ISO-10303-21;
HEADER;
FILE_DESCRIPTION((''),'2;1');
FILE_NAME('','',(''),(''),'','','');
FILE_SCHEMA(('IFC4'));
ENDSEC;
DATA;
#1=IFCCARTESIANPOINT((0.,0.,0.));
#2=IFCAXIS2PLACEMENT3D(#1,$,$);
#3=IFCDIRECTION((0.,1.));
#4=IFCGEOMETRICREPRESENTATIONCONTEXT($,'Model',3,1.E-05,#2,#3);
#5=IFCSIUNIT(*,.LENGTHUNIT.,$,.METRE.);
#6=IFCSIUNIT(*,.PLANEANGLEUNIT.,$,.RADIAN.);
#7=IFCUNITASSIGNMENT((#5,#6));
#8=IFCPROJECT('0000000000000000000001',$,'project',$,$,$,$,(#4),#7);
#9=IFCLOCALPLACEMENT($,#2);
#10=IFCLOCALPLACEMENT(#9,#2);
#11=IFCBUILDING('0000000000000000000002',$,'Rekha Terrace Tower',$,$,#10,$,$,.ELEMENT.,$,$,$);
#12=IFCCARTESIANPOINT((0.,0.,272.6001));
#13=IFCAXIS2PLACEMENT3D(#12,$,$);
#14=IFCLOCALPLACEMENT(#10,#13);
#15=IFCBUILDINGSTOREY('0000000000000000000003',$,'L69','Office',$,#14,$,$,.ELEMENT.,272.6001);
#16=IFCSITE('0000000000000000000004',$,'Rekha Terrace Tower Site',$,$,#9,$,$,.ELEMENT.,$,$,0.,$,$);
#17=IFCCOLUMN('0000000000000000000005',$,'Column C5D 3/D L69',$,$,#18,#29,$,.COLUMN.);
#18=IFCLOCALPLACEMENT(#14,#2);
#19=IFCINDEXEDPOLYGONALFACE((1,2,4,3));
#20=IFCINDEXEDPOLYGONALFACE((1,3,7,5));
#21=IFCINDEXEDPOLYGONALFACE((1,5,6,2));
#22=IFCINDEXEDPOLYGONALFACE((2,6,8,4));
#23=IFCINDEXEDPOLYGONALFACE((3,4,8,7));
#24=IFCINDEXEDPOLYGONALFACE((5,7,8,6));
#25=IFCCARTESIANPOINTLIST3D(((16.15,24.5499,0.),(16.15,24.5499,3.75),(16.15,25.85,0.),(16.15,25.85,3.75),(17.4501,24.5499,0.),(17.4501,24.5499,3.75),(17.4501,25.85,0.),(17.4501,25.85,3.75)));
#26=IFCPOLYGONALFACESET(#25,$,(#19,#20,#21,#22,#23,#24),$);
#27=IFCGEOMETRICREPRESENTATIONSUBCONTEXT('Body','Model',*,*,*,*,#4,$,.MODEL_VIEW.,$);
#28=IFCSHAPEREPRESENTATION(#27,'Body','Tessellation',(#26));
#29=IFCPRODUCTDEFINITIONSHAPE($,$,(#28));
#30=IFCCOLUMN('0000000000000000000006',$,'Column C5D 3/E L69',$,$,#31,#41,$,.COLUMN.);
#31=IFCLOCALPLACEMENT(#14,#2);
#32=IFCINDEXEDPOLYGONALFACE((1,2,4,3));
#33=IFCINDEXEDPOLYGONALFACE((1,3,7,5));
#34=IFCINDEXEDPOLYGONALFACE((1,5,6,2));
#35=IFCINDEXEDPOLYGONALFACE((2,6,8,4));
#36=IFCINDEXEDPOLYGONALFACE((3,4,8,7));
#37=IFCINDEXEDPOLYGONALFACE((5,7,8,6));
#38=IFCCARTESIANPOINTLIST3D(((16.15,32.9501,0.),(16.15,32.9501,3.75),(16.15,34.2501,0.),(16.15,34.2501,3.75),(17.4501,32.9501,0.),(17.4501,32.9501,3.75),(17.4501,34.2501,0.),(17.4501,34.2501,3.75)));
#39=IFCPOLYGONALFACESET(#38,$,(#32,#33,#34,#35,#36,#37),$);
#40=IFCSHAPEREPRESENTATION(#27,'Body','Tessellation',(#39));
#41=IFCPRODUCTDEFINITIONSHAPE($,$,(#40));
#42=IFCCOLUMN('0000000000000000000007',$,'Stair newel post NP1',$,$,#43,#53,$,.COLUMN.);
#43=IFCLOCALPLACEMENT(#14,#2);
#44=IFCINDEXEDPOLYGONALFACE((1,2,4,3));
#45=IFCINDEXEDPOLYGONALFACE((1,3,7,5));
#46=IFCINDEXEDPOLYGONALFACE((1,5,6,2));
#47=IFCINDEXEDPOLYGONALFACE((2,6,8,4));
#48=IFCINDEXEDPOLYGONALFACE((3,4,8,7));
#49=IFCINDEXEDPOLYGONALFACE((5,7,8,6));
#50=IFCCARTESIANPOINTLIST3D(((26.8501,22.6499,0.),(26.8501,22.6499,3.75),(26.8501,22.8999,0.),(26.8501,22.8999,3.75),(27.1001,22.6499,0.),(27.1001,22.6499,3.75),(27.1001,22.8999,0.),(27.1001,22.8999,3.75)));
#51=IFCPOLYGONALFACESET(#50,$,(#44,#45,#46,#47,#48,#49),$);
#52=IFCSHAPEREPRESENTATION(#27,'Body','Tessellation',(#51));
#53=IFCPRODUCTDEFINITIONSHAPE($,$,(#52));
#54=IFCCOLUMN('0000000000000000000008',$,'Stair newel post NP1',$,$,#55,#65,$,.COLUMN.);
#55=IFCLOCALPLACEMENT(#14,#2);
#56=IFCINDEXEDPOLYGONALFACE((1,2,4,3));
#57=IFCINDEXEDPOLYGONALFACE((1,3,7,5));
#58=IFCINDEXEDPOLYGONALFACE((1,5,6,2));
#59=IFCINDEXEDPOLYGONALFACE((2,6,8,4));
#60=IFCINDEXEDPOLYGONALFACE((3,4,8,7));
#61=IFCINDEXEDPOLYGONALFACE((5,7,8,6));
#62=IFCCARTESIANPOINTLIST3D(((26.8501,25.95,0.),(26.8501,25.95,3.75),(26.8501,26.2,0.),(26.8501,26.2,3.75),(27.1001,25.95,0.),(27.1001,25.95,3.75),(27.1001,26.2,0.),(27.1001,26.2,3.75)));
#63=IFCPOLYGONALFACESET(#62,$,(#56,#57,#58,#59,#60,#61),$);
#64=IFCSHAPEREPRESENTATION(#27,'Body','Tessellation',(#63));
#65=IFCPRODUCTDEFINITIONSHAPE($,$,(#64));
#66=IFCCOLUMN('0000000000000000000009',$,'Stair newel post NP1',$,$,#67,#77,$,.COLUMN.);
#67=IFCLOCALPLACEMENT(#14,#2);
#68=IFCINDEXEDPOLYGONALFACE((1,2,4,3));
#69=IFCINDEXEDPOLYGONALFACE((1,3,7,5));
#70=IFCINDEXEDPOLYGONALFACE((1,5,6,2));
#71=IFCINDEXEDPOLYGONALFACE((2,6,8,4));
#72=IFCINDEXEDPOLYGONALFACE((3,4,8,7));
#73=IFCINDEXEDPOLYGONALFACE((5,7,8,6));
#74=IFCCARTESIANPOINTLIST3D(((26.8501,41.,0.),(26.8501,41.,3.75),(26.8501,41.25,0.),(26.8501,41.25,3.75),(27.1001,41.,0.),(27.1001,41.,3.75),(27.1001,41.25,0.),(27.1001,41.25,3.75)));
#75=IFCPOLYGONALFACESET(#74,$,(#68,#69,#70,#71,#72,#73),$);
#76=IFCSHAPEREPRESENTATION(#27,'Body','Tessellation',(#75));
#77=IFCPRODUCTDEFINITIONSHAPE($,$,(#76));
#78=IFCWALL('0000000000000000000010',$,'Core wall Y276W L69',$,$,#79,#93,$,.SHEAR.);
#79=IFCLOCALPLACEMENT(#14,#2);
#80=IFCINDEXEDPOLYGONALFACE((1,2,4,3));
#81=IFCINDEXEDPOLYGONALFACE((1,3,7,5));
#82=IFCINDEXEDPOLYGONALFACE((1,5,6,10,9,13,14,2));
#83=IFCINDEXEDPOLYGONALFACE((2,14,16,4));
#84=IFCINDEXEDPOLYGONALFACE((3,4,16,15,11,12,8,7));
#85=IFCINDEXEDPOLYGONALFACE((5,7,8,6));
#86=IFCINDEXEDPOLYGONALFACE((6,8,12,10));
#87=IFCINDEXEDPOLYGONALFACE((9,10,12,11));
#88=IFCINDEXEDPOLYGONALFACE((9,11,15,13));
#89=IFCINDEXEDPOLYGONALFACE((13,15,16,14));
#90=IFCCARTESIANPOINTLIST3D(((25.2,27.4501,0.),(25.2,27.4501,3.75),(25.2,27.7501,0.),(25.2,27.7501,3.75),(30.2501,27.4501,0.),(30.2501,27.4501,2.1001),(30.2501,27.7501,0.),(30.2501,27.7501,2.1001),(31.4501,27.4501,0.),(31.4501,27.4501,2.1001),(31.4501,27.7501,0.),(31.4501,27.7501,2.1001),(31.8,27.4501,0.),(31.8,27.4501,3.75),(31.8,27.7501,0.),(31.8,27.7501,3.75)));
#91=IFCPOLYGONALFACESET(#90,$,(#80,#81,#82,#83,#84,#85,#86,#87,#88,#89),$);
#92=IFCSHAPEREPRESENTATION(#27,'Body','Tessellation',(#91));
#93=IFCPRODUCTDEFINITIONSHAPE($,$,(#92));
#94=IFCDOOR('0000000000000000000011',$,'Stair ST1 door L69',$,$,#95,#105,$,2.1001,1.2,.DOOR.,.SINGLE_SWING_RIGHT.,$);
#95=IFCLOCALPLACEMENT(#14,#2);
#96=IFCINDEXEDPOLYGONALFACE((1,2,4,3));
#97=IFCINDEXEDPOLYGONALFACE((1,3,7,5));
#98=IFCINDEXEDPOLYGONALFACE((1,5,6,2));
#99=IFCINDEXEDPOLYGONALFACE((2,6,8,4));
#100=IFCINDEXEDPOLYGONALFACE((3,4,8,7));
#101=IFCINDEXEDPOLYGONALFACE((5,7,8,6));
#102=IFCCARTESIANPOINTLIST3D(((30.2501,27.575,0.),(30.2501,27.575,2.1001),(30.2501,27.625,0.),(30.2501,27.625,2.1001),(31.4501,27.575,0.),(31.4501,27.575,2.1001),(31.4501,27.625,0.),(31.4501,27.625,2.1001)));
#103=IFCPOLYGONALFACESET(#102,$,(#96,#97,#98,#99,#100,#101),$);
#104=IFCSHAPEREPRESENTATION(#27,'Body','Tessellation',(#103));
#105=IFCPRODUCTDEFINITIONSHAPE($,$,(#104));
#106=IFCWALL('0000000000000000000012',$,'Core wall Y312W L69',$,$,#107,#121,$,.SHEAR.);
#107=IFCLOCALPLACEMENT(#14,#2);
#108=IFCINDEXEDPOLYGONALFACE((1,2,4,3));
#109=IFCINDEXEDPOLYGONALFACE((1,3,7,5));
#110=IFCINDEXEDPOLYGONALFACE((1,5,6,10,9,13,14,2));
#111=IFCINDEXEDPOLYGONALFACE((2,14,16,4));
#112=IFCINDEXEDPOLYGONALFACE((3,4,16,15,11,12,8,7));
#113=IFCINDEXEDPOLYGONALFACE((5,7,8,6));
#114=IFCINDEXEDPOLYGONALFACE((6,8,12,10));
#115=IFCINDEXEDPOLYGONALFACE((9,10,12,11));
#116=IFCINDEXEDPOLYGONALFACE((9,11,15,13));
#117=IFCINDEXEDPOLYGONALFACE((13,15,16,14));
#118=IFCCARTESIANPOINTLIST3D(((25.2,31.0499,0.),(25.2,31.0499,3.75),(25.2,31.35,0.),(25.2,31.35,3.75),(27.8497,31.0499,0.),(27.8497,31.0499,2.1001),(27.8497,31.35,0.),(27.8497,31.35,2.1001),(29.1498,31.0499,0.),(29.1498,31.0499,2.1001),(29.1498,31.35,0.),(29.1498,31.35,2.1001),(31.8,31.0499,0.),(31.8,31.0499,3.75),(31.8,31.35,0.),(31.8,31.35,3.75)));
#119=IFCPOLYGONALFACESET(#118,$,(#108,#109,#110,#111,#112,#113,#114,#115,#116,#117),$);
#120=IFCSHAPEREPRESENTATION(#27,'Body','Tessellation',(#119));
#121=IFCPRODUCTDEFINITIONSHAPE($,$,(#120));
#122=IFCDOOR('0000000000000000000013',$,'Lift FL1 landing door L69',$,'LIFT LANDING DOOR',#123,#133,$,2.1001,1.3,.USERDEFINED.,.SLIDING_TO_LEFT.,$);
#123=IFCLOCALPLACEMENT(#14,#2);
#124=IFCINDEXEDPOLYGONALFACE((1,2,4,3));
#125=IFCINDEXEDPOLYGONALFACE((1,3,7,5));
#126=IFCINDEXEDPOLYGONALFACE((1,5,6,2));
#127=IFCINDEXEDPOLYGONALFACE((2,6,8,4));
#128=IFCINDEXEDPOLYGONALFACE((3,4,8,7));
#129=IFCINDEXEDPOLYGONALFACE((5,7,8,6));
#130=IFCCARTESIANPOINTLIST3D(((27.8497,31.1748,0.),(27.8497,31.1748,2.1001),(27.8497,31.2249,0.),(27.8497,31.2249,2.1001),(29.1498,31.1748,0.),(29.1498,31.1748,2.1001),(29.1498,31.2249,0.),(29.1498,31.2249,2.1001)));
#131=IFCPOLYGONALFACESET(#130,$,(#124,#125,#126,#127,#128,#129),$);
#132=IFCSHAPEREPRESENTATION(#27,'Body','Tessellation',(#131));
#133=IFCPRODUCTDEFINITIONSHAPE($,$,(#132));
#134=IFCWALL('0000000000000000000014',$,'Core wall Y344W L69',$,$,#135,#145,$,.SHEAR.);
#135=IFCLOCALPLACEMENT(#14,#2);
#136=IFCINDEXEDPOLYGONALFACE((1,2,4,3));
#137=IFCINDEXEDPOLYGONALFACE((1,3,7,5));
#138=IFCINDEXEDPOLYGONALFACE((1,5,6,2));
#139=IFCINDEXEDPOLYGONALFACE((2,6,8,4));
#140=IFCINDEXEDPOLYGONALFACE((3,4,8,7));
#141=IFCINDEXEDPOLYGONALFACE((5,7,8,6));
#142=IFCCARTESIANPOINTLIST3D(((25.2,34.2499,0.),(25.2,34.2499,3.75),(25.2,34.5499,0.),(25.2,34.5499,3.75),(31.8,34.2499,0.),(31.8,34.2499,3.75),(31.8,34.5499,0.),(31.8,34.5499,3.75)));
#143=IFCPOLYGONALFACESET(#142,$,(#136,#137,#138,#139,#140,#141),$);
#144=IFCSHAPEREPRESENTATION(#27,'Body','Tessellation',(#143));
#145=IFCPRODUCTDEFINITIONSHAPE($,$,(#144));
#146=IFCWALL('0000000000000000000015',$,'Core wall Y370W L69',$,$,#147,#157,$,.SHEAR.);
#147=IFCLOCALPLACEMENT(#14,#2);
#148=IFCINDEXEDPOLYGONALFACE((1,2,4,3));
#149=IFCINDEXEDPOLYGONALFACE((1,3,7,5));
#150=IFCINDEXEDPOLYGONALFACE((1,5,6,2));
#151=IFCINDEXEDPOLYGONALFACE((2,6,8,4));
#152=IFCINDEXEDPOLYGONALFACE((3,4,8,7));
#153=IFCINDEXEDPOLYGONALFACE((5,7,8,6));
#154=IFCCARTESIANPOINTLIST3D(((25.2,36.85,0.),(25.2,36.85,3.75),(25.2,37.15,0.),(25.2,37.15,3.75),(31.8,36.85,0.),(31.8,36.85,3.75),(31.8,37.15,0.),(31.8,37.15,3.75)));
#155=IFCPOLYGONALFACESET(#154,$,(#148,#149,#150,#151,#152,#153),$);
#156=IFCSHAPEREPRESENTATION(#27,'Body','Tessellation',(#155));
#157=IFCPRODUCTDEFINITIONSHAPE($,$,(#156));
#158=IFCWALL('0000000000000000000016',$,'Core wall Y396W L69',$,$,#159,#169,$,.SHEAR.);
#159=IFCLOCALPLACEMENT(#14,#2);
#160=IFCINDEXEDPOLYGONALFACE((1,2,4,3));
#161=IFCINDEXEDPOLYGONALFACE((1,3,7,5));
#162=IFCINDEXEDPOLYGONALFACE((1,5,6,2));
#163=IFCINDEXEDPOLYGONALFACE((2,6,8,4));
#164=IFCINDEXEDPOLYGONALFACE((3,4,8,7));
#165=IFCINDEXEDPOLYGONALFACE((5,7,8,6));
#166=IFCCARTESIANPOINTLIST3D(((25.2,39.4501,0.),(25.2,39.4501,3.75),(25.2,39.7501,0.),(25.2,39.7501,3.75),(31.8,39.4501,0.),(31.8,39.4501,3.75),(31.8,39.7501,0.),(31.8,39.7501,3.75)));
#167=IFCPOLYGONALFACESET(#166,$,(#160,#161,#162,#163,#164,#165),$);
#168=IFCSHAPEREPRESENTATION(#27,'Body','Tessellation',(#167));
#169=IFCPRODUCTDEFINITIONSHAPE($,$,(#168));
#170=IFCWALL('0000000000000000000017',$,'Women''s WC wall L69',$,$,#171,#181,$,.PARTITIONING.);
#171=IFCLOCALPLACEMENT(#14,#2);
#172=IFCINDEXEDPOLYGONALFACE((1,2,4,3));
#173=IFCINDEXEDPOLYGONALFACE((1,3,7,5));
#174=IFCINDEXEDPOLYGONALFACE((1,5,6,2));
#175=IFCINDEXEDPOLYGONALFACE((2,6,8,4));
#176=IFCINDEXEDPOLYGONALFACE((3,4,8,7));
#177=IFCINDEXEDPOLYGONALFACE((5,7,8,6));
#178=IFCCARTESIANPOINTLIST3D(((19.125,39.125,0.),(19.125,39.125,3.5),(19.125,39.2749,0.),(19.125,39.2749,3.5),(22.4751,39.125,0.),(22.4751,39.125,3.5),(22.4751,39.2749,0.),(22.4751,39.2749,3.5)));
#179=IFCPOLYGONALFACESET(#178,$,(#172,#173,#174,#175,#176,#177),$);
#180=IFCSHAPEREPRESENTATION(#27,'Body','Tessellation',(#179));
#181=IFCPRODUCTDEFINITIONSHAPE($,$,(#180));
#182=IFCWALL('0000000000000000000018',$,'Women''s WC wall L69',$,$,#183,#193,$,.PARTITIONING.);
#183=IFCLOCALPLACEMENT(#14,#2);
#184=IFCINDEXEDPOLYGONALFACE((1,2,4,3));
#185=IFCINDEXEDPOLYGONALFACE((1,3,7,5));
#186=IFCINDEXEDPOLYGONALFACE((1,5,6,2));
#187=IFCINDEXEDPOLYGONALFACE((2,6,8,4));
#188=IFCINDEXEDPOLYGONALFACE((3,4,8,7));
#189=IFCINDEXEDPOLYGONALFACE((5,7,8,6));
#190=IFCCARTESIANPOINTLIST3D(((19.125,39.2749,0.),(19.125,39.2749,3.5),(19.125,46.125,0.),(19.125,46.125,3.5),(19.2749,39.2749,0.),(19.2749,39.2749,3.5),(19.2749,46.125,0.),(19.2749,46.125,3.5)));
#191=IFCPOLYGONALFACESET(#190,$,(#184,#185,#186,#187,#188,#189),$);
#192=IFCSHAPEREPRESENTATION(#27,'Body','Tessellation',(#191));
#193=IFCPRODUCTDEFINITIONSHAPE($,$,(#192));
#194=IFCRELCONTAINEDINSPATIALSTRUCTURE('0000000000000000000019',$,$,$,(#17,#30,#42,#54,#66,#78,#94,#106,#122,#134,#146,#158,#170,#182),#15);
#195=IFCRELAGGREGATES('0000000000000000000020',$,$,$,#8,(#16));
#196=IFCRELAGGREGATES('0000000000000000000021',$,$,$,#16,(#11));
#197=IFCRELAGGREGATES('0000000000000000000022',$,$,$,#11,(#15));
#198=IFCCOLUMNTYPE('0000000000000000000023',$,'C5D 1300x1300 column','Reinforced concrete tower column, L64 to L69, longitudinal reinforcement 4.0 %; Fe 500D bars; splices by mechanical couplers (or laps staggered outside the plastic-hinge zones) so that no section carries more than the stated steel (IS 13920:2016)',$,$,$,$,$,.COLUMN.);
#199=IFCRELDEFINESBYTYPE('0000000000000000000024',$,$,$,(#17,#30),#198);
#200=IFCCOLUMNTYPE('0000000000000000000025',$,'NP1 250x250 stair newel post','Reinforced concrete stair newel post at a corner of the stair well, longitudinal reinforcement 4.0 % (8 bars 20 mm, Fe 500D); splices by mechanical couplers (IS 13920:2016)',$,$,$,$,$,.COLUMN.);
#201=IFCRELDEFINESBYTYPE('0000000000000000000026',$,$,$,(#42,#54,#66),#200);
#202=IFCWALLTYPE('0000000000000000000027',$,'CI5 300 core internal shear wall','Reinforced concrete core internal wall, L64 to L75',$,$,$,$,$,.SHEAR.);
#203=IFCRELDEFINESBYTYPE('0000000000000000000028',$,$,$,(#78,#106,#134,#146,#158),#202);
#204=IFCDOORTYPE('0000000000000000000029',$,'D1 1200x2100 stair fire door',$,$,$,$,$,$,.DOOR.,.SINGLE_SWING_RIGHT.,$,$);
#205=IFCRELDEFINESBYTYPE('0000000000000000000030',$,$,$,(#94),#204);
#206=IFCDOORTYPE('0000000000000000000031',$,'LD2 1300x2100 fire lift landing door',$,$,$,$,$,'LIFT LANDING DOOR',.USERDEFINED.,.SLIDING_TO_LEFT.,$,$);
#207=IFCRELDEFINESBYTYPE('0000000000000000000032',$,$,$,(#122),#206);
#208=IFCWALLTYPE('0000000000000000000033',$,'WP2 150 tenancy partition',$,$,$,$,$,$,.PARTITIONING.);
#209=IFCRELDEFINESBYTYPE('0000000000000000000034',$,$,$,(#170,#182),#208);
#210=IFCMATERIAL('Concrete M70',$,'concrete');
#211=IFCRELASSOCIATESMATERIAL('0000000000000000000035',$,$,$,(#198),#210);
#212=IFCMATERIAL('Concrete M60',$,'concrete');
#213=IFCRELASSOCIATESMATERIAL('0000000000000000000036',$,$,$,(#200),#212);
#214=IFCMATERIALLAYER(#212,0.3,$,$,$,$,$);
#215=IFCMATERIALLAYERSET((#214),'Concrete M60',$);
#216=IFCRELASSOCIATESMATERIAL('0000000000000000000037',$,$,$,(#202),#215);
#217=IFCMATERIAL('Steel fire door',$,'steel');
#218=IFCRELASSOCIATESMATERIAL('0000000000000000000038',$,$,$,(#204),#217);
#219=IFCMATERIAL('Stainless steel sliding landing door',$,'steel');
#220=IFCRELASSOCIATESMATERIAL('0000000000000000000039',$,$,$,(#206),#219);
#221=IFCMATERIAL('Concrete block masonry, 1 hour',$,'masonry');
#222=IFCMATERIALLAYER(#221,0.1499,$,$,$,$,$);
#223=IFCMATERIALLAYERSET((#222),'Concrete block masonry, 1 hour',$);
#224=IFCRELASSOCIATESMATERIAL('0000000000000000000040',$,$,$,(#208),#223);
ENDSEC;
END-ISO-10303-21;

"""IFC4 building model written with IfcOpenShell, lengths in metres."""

from ifc_helpers import new_model, si_unit, direction, frame, frame_2d, origin, origin_2d, place, context, subcontext, project, spatial, rectangle, extrude, material, layer, layer_set, material_profile, profile_set, type_object, element, fill, save


model = new_model("IFC4")

# Units and contexts
model_context = context("Model", 3, precision=1e-05, world=origin(), true_north=direction((0.0, 1.0)))
body_context = subcontext(model_context, "Body", "Model", "MODEL_VIEW")
ifc_project = project(units=[si_unit("LENGTHUNIT", "METRE"), si_unit("PLANEANGLEUNIT", "RADIAN")], contexts=[model_context])

# Site, building, storey
site_placement = place(None, origin())
site = spatial("IfcSite", under=ifc_project, at=site_placement, Name="Rekha Terrace Tower Site", CompositionType="ELEMENT", RefElevation=0.0)
building_placement = place(site_placement, origin())
building = spatial("IfcBuilding", under=site, at=building_placement, Name="Rekha Terrace Tower", CompositionType="ELEMENT")
storey_placement = place(building_placement, frame((0.0, 0.0, 272.6001)))
storey = spatial("IfcBuildingStorey", under=building, at=storey_placement, Name="L69", Description="Office", CompositionType="ELEMENT", Elevation=272.6001)

# Columns
ifc_material_1 = material(Name="Concrete M70", Category="concrete")
ifc_material_profile_1 = material_profile(ifc_material_1, rectangle(XDim=1.3, YDim=1.3, at=origin_2d()), Name="RC 1300x1300")
ifc_profile_set_1 = profile_set([ifc_material_profile_1], Name="Concrete M70")
column_type_1 = type_object("IfcColumnType", Name="C5D 1300x1300 column", Description="Reinforced concrete tower column, L64 to L69, longitudinal reinforcement 4.0 %; Fe 500D bars; splices by mechanical couplers (or laps staggered outside the plastic-hinge zones) so that no section carries more than the stated steel (IS 13920:2016)", PredefinedType="COLUMN", material=ifc_profile_set_1)
for number, where, z_axis, x_axis, name in (
    (1, (16.8, 25.2, 0.0), (0.0, 0.0, 1.0), (1.0, 0.0, 0.0), "Column C5D 3/D L69"),
    (2, (16.8, 33.6001, 0.0), (0.0, 0.0, 1.0), (1.0, 0.0, 0.0), "Column C5D 3/E L69"),
):
    element("IfcColumn", number, at=place(storey_placement, frame(where, z_axis=z_axis, x_axis=x_axis)), inside=storey, type_object=column_type_1, Name=name, PredefinedType="COLUMN", context=body_context, shape_type="SweptSolid", body=[
        extrude(rectangle(XDim=1.3, YDim=1.3, at=origin_2d()), origin(), (0.0, 0.0, 1.0), 3.75),
    ])
ifc_material_2 = material(Name="Concrete M60", Category="concrete")
ifc_material_profile_2 = material_profile(ifc_material_2, rectangle(XDim=0.25, YDim=0.25, at=origin_2d()), Name="RC 250x250")
ifc_profile_set_2 = profile_set([ifc_material_profile_2], Name="Concrete M60")
column_type_2 = type_object("IfcColumnType", Name="NP1 250x250 stair newel post", Description="Reinforced concrete stair newel post at a corner of the stair well, longitudinal reinforcement 4.0 % (8 bars 20 mm, Fe 500D); splices by mechanical couplers (IS 13920:2016)", PredefinedType="COLUMN", material=ifc_profile_set_2)
for number, where, z_axis, x_axis, name in (
    (3, (26.9751, 22.7749, 0.0), (0.0, 0.0, 1.0), (1.0, 0.0, 0.0), "Stair newel post NP1"),
    (4, (26.9751, 26.075, 0.0), (0.0, 0.0, 1.0), (1.0, 0.0, 0.0), "Stair newel post NP1"),
    (5, (26.9751, 41.125, 0.0), (0.0, 0.0, 1.0), (1.0, 0.0, 0.0), "Stair newel post NP1"),
):
    element("IfcColumn", number, at=place(storey_placement, frame(where, z_axis=z_axis, x_axis=x_axis)), inside=storey, type_object=column_type_2, Name=name, PredefinedType="COLUMN", context=body_context, shape_type="SweptSolid", body=[
        extrude(rectangle(XDim=0.25, YDim=0.25, at=origin_2d()), origin(), (0.0, 0.0, 1.0), 3.75),
    ])

# Walls, openings, doors
ifc_layer_1 = layer(ifc_material_2, 0.3)
ifc_layer_set_1 = layer_set([ifc_layer_1], Name="Concrete M60")
wall_type_1 = type_object("IfcWallType", Name="CI5 300 core internal shear wall", Description="Reinforced concrete core internal wall, L64 to L75", PredefinedType="SHEAR", material=ifc_layer_set_1)
wall_1_placement = place(storey_placement, frame((25.2, 27.6001, 0.0), z_axis=(0.0, 0.0, 1.0), x_axis=(1.0, 0.0, 0.0)))
wall_1 = element("IfcWall", 6, at=wall_1_placement, inside=storey, type_object=wall_type_1, Name="Core wall Y276W L69", PredefinedType="SHEAR", context=body_context, shape_type="SweptSolid", body=[
    extrude(rectangle(XDim=6.6001, YDim=0.3, at=frame_2d((3.3, 0.0))), origin(), (0.0, 0.0, 1.0), 3.75),
])
opening_1_placement = place(wall_1_placement, frame((5.05, 0.0, 0.0)))
opening_1 = element("IfcOpeningElement", 7, at=opening_1_placement, cuts=wall_1, PredefinedType="OPENING", context=body_context, shape_type="SweptSolid", body=[
    extrude(rectangle(XDim=1.2, YDim=2.1001, at=frame_2d((0.6001, 1.05))), frame((0.0, 0.1599, 0.0), z_axis=(0.0, -1.0, 0.0), x_axis=(1.0, 0.0, 0.0)), (0.0, 0.0, 1.0), 0.3201),
])
ifc_material_3 = material(Name="Steel fire door", Category="steel")
door_type_1 = type_object("IfcDoorType", Name="D1 1200x2100 stair fire door", OperationType="SINGLE_SWING_RIGHT", PredefinedType="DOOR", material=ifc_material_3)
door_1_placement = place(opening_1_placement, origin())
door_1 = element("IfcDoor", 8, at=door_1_placement, inside=storey, type_object=door_type_1, Name="Stair ST1 door L69", OperationType="SINGLE_SWING_RIGHT", OverallHeight=2.1001, OverallWidth=1.2, PredefinedType="DOOR", context=body_context, shape_type="SweptSolid", body=[
    extrude(rectangle(XDim=1.2, YDim=2.1001, at=frame_2d((0.6001, 1.05))), frame((0.0, 0.0249, 0.0), z_axis=(0.0, -1.0, 0.0), x_axis=(1.0, 0.0, 0.0)), (0.0, 0.0, 1.0), 0.05),
])
fill(opening_1, door_1)
wall_2_placement = place(storey_placement, frame((25.2, 31.2, 0.0), z_axis=(0.0, 0.0, 1.0), x_axis=(1.0, 0.0, 0.0)))
wall_2 = element("IfcWall", 9, at=wall_2_placement, inside=storey, type_object=wall_type_1, Name="Core wall Y312W L69", PredefinedType="SHEAR", context=body_context, shape_type="SweptSolid", body=[
    extrude(rectangle(XDim=6.6001, YDim=0.3, at=frame_2d((3.3, 0.0))), origin(), (0.0, 0.0, 1.0), 3.75),
])
opening_2_placement = place(wall_2_placement, frame((2.6499, 0.0, 0.0)))
opening_2 = element("IfcOpeningElement", 10, at=opening_2_placement, cuts=wall_2, PredefinedType="OPENING", context=body_context, shape_type="SweptSolid", body=[
    extrude(rectangle(XDim=1.3, YDim=2.1001, at=frame_2d((0.6499, 1.05))), frame((0.0, 0.1599, 0.0), z_axis=(0.0, -1.0, 0.0), x_axis=(1.0, 0.0, 0.0)), (0.0, 0.0, 1.0), 0.3201),
])
ifc_material_4 = material(Name="Stainless steel sliding landing door", Category="steel")
door_type_2 = type_object("IfcDoorType", Name="LD2 1300x2100 fire lift landing door", ElementType="LIFT LANDING DOOR", OperationType="SLIDING_TO_LEFT", PredefinedType="USERDEFINED", material=ifc_material_4)
door_2_placement = place(opening_2_placement, origin())
door_2 = element("IfcDoor", 11, at=door_2_placement, inside=storey, type_object=door_type_2, Name="Lift FL1 landing door L69", ObjectType="LIFT LANDING DOOR", OperationType="SLIDING_TO_LEFT", OverallHeight=2.1001, OverallWidth=1.3, PredefinedType="USERDEFINED", context=body_context, shape_type="SweptSolid", body=[
    extrude(rectangle(XDim=1.3, YDim=2.1001, at=frame_2d((0.6499, 1.05))), frame((0.0, 0.0249, 0.0), z_axis=(0.0, -1.0, 0.0), x_axis=(1.0, 0.0, 0.0)), (0.0, 0.0, 1.0), 0.05),
])
fill(opening_2, door_2)

# Walls
for number, where, z_axis, x_axis, name in (
    (12, (25.2, 34.3999, 0.0), (0.0, 0.0, 1.0), (1.0, 0.0, 0.0), "Core wall Y344W L69"),
    (13, (25.2, 37.0, 0.0), (0.0, 0.0, 1.0), (1.0, 0.0, 0.0), "Core wall Y370W L69"),
    (14, (25.2, 39.6001, 0.0), (0.0, 0.0, 1.0), (1.0, 0.0, 0.0), "Core wall Y396W L69"),
):
    element("IfcWall", number, at=place(storey_placement, frame(where, z_axis=z_axis, x_axis=x_axis)), inside=storey, type_object=wall_type_1, Name=name, PredefinedType="SHEAR", context=body_context, shape_type="SweptSolid", body=[
        extrude(rectangle(XDim=6.6001, YDim=0.3, at=frame_2d((3.3, 0.0))), origin(), (0.0, 0.0, 1.0), 3.75),
    ])
ifc_material_5 = material(Name="Concrete block masonry, 1 hour", Category="masonry")
ifc_layer_2 = layer(ifc_material_5, 0.1499)
ifc_layer_set_2 = layer_set([ifc_layer_2], Name="Concrete block masonry, 1 hour")
wall_type_2 = type_object("IfcWallType", Name="WP2 150 tenancy partition", PredefinedType="PARTITIONING", material=ifc_layer_set_2)
wall_3_placement = place(storey_placement, frame((19.125, 39.2, 0.0), z_axis=(0.0, 0.0, 1.0), x_axis=(1.0, 0.0, 0.0)))
element("IfcWall", 15, at=wall_3_placement, inside=storey, type_object=wall_type_2, Name="Women's WC wall L69", PredefinedType="PARTITIONING", context=body_context, shape_type="SweptSolid", body=[
    extrude(rectangle(XDim=3.3501, YDim=0.1499, at=frame_2d((1.675, 0.0))), origin(), (0.0, 0.0, 1.0), 3.5),
])
wall_4_placement = place(storey_placement, frame((19.2, 39.2749, 0.0), z_axis=(0.0, 0.0, 1.0), x_axis=(0.0, 1.0, 0.0)))
element("IfcWall", 16, at=wall_4_placement, inside=storey, type_object=wall_type_2, Name="Women's WC wall L69", PredefinedType="PARTITIONING", context=body_context, shape_type="SweptSolid", body=[
    extrude(rectangle(XDim=6.8501, YDim=0.1499, at=frame_2d((3.425, 0.0))), origin(), (0.0, 0.0, 1.0), 3.5),
])

save(model, "model.ifc")
